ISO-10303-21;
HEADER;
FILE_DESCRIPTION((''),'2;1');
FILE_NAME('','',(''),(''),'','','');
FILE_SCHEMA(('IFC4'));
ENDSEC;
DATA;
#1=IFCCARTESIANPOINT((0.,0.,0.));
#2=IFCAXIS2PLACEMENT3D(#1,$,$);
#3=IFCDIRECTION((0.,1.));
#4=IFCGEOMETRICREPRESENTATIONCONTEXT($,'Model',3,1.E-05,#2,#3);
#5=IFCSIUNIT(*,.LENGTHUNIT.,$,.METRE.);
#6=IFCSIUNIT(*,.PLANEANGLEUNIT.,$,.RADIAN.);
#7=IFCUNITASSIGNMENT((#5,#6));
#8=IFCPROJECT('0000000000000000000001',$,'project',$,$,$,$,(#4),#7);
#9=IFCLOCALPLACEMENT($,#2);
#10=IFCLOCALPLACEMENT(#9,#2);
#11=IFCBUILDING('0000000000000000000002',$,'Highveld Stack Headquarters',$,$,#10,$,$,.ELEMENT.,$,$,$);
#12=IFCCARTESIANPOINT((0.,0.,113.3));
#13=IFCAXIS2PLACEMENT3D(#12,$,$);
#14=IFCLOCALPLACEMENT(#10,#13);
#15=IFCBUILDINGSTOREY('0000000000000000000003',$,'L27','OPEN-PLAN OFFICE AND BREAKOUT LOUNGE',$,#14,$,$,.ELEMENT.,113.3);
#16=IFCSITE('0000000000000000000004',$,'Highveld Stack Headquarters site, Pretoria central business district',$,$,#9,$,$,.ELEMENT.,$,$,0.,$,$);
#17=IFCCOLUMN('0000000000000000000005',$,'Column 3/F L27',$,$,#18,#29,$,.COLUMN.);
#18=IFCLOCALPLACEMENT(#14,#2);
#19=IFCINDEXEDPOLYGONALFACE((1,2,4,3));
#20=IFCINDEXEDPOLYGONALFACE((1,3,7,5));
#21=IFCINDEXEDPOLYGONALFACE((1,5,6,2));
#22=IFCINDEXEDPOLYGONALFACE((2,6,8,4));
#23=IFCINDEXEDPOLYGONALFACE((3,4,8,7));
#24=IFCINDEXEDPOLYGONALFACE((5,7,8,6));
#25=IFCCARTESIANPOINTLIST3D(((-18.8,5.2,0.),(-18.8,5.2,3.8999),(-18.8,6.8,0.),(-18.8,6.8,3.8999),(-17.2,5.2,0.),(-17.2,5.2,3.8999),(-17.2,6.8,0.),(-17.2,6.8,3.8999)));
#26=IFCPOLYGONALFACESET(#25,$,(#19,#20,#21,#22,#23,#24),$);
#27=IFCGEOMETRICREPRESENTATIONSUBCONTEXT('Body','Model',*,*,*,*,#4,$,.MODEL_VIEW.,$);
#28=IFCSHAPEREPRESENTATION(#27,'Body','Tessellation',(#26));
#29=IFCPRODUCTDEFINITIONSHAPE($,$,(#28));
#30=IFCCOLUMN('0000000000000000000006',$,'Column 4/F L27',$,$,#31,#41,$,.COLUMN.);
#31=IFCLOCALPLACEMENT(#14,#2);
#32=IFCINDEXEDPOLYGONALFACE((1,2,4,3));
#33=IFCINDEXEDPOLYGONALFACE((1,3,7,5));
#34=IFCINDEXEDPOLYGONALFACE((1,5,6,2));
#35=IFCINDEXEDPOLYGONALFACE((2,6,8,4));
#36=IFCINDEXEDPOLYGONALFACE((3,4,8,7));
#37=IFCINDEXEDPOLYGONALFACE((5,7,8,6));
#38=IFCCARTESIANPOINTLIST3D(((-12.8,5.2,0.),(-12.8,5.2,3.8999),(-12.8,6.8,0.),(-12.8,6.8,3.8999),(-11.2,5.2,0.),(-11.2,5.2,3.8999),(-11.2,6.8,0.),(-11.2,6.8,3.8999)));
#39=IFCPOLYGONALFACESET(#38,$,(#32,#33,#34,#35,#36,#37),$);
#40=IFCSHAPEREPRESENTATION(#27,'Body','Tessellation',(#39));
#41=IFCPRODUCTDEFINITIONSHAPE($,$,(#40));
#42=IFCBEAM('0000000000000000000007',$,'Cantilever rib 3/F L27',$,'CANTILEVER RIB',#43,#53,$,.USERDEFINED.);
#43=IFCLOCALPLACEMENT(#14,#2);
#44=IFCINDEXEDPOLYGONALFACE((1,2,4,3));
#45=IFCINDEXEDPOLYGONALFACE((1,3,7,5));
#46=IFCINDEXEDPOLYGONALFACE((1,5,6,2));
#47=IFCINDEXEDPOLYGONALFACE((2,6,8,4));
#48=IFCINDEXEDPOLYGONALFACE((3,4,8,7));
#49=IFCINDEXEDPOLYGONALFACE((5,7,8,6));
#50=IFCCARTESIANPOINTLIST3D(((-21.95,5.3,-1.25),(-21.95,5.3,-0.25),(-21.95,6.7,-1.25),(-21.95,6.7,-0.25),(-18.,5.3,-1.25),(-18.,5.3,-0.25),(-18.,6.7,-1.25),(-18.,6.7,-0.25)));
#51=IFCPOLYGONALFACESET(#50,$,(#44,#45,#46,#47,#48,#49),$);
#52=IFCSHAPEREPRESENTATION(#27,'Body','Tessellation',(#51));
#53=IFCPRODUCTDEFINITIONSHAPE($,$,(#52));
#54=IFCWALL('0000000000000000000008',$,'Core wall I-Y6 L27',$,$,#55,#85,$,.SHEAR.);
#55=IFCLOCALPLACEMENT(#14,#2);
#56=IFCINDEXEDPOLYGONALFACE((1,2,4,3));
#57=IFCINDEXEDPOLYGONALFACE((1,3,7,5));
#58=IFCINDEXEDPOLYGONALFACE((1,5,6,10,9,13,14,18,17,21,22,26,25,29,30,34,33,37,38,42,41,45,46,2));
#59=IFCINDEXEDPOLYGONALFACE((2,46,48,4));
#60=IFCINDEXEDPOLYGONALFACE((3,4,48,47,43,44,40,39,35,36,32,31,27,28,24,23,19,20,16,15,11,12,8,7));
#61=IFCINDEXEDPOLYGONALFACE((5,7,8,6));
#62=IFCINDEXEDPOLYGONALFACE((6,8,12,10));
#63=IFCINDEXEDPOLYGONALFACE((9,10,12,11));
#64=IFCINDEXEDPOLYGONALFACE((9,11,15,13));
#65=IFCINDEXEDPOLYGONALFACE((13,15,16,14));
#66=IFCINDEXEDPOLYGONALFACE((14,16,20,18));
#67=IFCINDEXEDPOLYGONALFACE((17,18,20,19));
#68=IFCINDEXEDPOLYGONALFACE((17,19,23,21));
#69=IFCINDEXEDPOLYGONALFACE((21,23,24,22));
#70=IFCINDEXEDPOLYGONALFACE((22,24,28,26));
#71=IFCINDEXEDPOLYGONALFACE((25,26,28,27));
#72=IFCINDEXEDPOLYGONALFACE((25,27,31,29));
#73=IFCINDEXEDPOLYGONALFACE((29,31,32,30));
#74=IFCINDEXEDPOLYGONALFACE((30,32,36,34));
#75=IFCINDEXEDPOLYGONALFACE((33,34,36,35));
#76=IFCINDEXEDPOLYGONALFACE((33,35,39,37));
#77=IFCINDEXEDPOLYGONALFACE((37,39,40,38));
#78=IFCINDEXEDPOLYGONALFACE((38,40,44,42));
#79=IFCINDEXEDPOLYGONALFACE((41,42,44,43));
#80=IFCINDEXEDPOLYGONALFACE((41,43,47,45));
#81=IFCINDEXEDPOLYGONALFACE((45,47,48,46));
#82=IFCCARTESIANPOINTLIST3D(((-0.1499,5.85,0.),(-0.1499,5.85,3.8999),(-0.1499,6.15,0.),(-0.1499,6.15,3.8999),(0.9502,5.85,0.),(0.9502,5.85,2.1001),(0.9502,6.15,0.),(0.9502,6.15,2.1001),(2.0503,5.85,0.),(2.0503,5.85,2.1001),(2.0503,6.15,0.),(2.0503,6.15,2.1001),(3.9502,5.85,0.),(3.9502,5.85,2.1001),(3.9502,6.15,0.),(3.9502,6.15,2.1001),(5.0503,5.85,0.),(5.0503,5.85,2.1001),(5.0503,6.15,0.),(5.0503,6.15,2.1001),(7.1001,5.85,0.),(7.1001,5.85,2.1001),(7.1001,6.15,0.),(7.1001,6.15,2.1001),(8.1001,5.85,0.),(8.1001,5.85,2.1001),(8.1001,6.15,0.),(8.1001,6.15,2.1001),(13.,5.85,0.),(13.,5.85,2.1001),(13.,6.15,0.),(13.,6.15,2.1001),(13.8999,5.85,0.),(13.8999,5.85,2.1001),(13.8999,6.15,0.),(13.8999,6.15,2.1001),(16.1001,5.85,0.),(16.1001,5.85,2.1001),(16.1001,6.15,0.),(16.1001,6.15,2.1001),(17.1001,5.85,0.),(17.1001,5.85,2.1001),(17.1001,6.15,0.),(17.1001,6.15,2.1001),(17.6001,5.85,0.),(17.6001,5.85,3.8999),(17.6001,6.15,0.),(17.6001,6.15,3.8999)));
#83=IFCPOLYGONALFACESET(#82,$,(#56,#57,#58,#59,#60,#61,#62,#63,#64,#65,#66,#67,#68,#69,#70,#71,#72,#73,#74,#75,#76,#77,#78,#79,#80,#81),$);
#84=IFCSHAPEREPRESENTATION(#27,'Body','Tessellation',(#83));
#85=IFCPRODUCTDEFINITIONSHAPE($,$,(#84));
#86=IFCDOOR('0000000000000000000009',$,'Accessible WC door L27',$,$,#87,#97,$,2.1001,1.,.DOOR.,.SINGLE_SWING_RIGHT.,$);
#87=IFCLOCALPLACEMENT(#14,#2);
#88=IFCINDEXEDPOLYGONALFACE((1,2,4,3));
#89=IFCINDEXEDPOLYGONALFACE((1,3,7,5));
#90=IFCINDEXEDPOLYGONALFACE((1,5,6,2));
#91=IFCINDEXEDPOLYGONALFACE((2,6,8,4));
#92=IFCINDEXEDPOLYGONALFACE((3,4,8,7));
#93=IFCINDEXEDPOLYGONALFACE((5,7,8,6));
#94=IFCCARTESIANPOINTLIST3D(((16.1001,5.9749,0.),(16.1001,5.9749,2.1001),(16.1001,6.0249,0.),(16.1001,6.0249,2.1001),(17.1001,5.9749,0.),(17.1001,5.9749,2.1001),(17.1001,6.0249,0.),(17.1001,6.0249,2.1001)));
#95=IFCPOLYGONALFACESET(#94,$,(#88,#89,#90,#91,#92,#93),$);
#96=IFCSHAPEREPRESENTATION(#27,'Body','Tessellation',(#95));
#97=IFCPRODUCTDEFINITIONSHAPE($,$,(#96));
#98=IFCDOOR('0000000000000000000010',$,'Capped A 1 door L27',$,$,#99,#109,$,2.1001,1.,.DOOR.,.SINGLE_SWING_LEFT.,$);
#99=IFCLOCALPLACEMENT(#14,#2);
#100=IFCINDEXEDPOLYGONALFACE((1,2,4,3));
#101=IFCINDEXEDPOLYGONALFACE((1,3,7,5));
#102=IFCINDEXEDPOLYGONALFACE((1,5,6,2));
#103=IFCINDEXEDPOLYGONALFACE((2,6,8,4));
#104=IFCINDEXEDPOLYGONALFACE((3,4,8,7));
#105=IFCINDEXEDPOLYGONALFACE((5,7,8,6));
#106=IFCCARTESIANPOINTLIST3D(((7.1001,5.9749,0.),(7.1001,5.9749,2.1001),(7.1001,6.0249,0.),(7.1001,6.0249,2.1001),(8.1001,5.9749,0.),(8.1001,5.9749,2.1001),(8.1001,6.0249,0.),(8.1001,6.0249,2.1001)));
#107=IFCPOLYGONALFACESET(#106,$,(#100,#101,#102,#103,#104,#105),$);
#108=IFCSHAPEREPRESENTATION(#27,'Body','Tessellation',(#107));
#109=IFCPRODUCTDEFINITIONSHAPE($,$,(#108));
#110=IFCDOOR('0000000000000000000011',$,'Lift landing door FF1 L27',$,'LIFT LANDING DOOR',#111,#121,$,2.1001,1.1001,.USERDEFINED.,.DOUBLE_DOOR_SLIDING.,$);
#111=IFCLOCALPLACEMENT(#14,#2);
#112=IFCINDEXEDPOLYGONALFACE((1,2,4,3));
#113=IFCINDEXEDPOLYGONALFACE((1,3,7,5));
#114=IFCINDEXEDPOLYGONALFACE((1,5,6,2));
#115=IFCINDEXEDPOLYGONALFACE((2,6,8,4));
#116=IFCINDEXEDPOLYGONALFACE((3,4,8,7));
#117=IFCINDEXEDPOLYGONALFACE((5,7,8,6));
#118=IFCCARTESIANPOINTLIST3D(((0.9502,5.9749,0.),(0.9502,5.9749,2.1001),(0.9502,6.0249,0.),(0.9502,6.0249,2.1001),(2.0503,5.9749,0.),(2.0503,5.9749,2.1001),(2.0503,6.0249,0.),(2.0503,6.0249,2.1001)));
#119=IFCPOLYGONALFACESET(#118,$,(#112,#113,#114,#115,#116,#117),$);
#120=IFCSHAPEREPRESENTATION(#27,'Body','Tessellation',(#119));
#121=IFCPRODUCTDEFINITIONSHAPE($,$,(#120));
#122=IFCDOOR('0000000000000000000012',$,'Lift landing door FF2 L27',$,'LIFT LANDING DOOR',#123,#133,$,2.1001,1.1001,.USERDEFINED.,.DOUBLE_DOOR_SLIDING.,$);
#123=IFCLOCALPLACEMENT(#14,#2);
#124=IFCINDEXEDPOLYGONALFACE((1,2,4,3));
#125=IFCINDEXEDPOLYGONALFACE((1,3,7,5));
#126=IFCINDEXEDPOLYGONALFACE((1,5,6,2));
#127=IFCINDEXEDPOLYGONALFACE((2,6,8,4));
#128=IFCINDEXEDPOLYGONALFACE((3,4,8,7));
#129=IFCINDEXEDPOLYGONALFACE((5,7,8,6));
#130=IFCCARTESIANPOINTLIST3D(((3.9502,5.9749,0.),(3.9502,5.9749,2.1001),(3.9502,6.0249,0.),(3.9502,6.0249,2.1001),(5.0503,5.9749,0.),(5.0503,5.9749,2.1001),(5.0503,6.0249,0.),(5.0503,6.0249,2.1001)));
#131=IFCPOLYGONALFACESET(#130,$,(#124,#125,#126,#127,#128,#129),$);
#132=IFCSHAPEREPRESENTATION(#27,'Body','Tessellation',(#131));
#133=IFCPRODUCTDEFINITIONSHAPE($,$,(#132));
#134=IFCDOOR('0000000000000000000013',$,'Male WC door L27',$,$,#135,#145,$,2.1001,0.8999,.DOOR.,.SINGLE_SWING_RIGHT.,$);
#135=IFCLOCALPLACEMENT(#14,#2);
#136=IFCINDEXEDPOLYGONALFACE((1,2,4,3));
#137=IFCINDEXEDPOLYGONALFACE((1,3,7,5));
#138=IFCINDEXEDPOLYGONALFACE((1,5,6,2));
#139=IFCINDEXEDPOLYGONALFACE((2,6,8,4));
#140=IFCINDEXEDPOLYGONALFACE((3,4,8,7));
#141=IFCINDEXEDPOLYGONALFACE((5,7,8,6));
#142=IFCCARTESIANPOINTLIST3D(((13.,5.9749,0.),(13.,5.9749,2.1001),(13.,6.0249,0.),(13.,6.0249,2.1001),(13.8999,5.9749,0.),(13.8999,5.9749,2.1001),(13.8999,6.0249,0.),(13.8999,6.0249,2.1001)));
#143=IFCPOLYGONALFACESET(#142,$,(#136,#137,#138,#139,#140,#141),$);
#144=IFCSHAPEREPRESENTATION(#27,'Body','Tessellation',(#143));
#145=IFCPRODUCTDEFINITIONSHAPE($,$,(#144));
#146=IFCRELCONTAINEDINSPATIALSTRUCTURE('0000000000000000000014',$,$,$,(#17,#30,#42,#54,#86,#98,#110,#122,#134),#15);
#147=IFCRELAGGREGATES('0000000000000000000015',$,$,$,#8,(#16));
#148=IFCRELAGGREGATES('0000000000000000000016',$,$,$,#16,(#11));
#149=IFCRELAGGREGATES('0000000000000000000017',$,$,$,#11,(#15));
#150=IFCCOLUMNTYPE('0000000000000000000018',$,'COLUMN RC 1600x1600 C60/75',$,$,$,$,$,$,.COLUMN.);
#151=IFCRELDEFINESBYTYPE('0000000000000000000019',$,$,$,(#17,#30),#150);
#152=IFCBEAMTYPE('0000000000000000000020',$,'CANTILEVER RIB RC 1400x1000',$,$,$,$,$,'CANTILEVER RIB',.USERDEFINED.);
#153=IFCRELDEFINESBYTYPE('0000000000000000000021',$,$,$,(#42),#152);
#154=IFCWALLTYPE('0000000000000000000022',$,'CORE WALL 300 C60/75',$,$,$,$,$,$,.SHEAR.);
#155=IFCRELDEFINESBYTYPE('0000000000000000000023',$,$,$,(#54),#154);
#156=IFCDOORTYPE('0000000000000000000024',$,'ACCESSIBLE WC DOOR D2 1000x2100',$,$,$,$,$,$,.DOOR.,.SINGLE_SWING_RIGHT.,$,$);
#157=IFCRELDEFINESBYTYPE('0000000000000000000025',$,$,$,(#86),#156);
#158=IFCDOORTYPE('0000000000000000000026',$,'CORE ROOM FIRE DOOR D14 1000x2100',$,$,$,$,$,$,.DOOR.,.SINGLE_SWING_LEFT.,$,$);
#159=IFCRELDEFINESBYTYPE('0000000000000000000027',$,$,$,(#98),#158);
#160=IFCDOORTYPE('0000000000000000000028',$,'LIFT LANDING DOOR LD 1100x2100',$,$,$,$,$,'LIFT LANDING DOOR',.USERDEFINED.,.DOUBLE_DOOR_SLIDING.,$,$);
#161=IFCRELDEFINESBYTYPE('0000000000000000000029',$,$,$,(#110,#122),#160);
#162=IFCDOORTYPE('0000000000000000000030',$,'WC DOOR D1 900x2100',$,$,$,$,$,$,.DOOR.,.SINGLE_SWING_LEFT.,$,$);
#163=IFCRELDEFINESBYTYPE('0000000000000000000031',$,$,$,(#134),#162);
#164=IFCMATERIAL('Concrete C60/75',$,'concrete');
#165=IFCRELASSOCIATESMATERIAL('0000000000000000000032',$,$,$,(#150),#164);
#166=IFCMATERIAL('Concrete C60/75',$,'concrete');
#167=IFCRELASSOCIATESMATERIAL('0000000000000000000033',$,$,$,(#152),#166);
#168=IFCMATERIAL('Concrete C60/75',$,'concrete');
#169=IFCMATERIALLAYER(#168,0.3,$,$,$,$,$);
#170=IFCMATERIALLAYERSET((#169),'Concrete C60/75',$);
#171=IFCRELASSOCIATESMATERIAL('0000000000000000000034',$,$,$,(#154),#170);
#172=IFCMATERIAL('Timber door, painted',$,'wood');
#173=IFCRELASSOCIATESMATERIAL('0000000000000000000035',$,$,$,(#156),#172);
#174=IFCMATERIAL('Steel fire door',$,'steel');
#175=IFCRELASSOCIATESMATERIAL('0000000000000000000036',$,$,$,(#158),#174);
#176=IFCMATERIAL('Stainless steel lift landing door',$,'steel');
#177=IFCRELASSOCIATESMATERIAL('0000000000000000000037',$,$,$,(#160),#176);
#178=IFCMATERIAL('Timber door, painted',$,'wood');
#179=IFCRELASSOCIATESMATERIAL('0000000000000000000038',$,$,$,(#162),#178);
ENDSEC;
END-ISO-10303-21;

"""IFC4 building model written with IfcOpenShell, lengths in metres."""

from ifc_helpers import new_model, si_unit, direction, frame, frame_2d, origin, origin_2d, place, context, subcontext, project, spatial, rectangle, extrude, material, layer, layer_set, material_profile, profile_set, type_object, element, fill, save


model = new_model("IFC4")

# Units and contexts
model_context = context("Model", 3, precision=1e-05, world=origin(), true_north=direction((0.0, 1.0)))
body_context = subcontext(model_context, "Body", "Model", "MODEL_VIEW")
ifc_project = project(units=[si_unit("LENGTHUNIT", "METRE"), si_unit("PLANEANGLEUNIT", "RADIAN")], contexts=[model_context])

# Site, building, storey
site_placement = place(None, origin())
site = spatial("IfcSite", under=ifc_project, at=site_placement, Name="Highveld Stack Headquarters site, Pretoria central business district", CompositionType="ELEMENT", RefElevation=0.0)
building_placement = place(site_placement, origin())
building = spatial("IfcBuilding", under=site, at=building_placement, Name="Highveld Stack Headquarters", CompositionType="ELEMENT")
storey_placement = place(building_placement, frame((0.0, 0.0, 113.3)))
storey = spatial("IfcBuildingStorey", under=building, at=storey_placement, Name="L27", Description="OPEN-PLAN OFFICE AND BREAKOUT LOUNGE", CompositionType="ELEMENT", Elevation=113.3)

# Columns
ifc_material_1 = material(Name="Concrete C60/75", Category="concrete")
ifc_material_profile_1 = material_profile(ifc_material_1, rectangle(XDim=1.6001, YDim=1.6001, at=origin_2d()), Name="RC 1600x1600")
ifc_profile_set_1 = profile_set([ifc_material_profile_1], Name="Concrete C60/75")
column_type = type_object("IfcColumnType", Name="COLUMN RC 1600x1600 C60/75", PredefinedType="COLUMN", material=ifc_profile_set_1)
for number, where, z_axis, x_axis, name in (
    (1, (-18.0, 6.0, 0.0), (0.0, 0.0, 1.0), (1.0, 0.0, 0.0), "Column 3/F L27"),
    (2, (-12.0, 6.0, 0.0), (0.0, 0.0, 1.0), (1.0, 0.0, 0.0), "Column 4/F L27"),
):
    element("IfcColumn", number, at=place(storey_placement, frame(where, z_axis=z_axis, x_axis=x_axis)), inside=storey, type_object=column_type, Name=name, PredefinedType="COLUMN", context=body_context, shape_type="SweptSolid", body=[
        extrude(rectangle(XDim=1.6001, YDim=1.6001, at=origin_2d()), origin(), (0.0, 0.0, 1.0), 3.8999),
    ])

# Beam
ifc_material_2 = material(Name="Concrete C60/75", Category="concrete")
ifc_material_profile_2 = material_profile(ifc_material_2, rectangle(XDim=1.3999, YDim=1.0, at=origin_2d()), Name="RC 1400x1000")
ifc_profile_set_2 = profile_set([ifc_material_profile_2], Name="Concrete C60/75")
beam_type = type_object("IfcBeamType", Name="CANTILEVER RIB RC 1400x1000", ElementType="CANTILEVER RIB", PredefinedType="USERDEFINED", material=ifc_profile_set_2)
beam_placement = place(storey_placement, frame((-18.0, 6.0, -0.75), z_axis=(-1.0, 0.0, 0.0), x_axis=(0.0, -1.0, 0.0)))
element("IfcBeam", 3, at=beam_placement, inside=storey, type_object=beam_type, Name="Cantilever rib 3/F L27", ObjectType="CANTILEVER RIB", PredefinedType="USERDEFINED", context=body_context, shape_type="SweptSolid", body=[
    extrude(rectangle(XDim=1.3999, YDim=1.0, at=origin_2d()), origin(), (0.0, 0.0, 1.0), 3.95),
])

# Wall, openings, doors
ifc_material_3 = material(Name="Concrete C60/75", Category="concrete")
ifc_layer_1 = layer(ifc_material_3, 0.3)
ifc_layer_set_1 = layer_set([ifc_layer_1], Name="Concrete C60/75")
wall_type_1 = type_object("IfcWallType", Name="CORE WALL 300 C60/75", PredefinedType="SHEAR", material=ifc_layer_set_1)
wall_1_placement = place(storey_placement, frame((-0.1499, 6.0, 0.0), z_axis=(0.0, 0.0, 1.0), x_axis=(1.0, 0.0, 0.0)))
wall_1 = element("IfcWall", 4, at=wall_1_placement, inside=storey, type_object=wall_type_1, Name="Core wall I-Y6 L27", PredefinedType="SHEAR", context=body_context, shape_type="SweptSolid", body=[
    extrude(rectangle(XDim=17.75, YDim=0.3, at=frame_2d((8.875, 0.0))), origin(), (0.0, 0.0, 1.0), 3.8999),
])
opening_1_placement = place(wall_1_placement, frame((13.1499, 0.0, 0.0)))
opening_1 = element("IfcOpeningElement", 5, at=opening_1_placement, cuts=wall_1, PredefinedType="OPENING", context=body_context, shape_type="SweptSolid", body=[
    extrude(rectangle(XDim=0.8999, YDim=2.1001, at=frame_2d((0.45, 1.05))), frame((0.0, 0.1599, 0.0), z_axis=(0.0, -1.0, 0.0), x_axis=(1.0, 0.0, 0.0)), (0.0, 0.0, 1.0), 0.3201),
])
opening_2_placement = place(wall_1_placement, frame((16.25, 0.0, 0.0)))
opening_2 = element("IfcOpeningElement", 6, at=opening_2_placement, cuts=wall_1, PredefinedType="OPENING", context=body_context, shape_type="SweptSolid", body=[
    extrude(rectangle(XDim=1.0, YDim=2.1001, at=frame_2d((0.5, 1.05))), frame((0.0, 0.1599, 0.0), z_axis=(0.0, -1.0, 0.0), x_axis=(1.0, 0.0, 0.0)), (0.0, 0.0, 1.0), 0.3201),
])
opening_3_placement = place(wall_1_placement, frame((7.25, 0.0, 0.0)))
opening_3 = element("IfcOpeningElement", 7, at=opening_3_placement, cuts=wall_1, PredefinedType="OPENING", context=body_context, shape_type="SweptSolid", body=[
    extrude(rectangle(XDim=1.0, YDim=2.1001, at=frame_2d((0.5, 1.05))), frame((0.0, 0.1599, 0.0), z_axis=(0.0, -1.0, 0.0), x_axis=(1.0, 0.0, 0.0)), (0.0, 0.0, 1.0), 0.3201),
])
opening_4_placement = place(wall_1_placement, frame((1.1001, 0.0, 0.0)))
opening_4 = element("IfcOpeningElement", 8, at=opening_4_placement, cuts=wall_1, PredefinedType="OPENING", context=body_context, shape_type="SweptSolid", body=[
    extrude(rectangle(XDim=1.1001, YDim=2.1001, at=frame_2d((0.55, 1.05))), frame((0.0, 0.1599, 0.0), z_axis=(0.0, -1.0, 0.0), x_axis=(1.0, 0.0, 0.0)), (0.0, 0.0, 1.0), 0.3201),
])
opening_5_placement = place(wall_1_placement, frame((4.1001, 0.0, 0.0)))
opening_5 = element("IfcOpeningElement", 9, at=opening_5_placement, cuts=wall_1, PredefinedType="OPENING", context=body_context, shape_type="SweptSolid", body=[
    extrude(rectangle(XDim=1.1001, YDim=2.1001, at=frame_2d((0.55, 1.05))), frame((0.0, 0.1599, 0.0), z_axis=(0.0, -1.0, 0.0), x_axis=(1.0, 0.0, 0.0)), (0.0, 0.0, 1.0), 0.3201),
])
ifc_material_4 = material(Name="Timber door, painted", Category="wood")
door_type_1 = type_object("IfcDoorType", Name="ACCESSIBLE WC DOOR D2 1000x2100", OperationType="SINGLE_SWING_RIGHT", PredefinedType="DOOR", material=ifc_material_4)
door_1_placement = place(opening_2_placement, origin())
door_1 = element("IfcDoor", 10, at=door_1_placement, inside=storey, type_object=door_type_1, Name="Accessible WC door L27", OperationType="SINGLE_SWING_RIGHT", OverallHeight=2.1001, OverallWidth=1.0, PredefinedType="DOOR", context=body_context, shape_type="SweptSolid", body=[
    extrude(rectangle(XDim=1.0, YDim=2.1001, at=frame_2d((0.5, 1.05))), frame((0.0, 0.0249, 0.0), z_axis=(0.0, -1.0, 0.0), x_axis=(1.0, 0.0, 0.0)), (0.0, 0.0, 1.0), 0.05),
])
fill(opening_2, door_1)
ifc_material_5 = material(Name="Steel fire door", Category="steel")
door_type_2 = type_object("IfcDoorType", Name="CORE ROOM FIRE DOOR D14 1000x2100", OperationType="SINGLE_SWING_LEFT", PredefinedType="DOOR", material=ifc_material_5)
door_2_placement = place(opening_3_placement, origin())
door_2 = element("IfcDoor", 11, at=door_2_placement, inside=storey, type_object=door_type_2, Name="Capped A 1 door L27", OperationType="SINGLE_SWING_LEFT", OverallHeight=2.1001, OverallWidth=1.0, PredefinedType="DOOR", context=body_context, shape_type="SweptSolid", body=[
    extrude(rectangle(XDim=1.0, YDim=2.1001, at=frame_2d((0.5, 1.05))), frame((0.0, 0.0249, 0.0), z_axis=(0.0, -1.0, 0.0), x_axis=(1.0, 0.0, 0.0)), (0.0, 0.0, 1.0), 0.05),
])
fill(opening_3, door_2)
ifc_material_6 = material(Name="Stainless steel lift landing door", Category="steel")
door_type_3 = type_object("IfcDoorType", Name="LIFT LANDING DOOR LD 1100x2100", ElementType="LIFT LANDING DOOR", OperationType="DOUBLE_DOOR_SLIDING", PredefinedType="USERDEFINED", material=ifc_material_6)
door_3_placement = place(opening_4_placement, origin())
door_3 = element("IfcDoor", 12, at=door_3_placement, inside=storey, type_object=door_type_3, Name="Lift landing door FF1 L27", ObjectType="LIFT LANDING DOOR", OperationType="DOUBLE_DOOR_SLIDING", OverallHeight=2.1001, OverallWidth=1.1001, PredefinedType="USERDEFINED", context=body_context, shape_type="SweptSolid", body=[
    extrude(rectangle(XDim=1.1001, YDim=2.1001, at=frame_2d((0.55, 1.05))), frame((0.0, 0.0249, 0.0), z_axis=(0.0, -1.0, 0.0), x_axis=(1.0, 0.0, 0.0)), (0.0, 0.0, 1.0), 0.05),
])
fill(opening_4, door_3)
door_4_placement = place(opening_5_placement, origin())
door_4 = element("IfcDoor", 13, at=door_4_placement, inside=storey, type_object=door_type_3, Name="Lift landing door FF2 L27", ObjectType="LIFT LANDING DOOR", OperationType="DOUBLE_DOOR_SLIDING", OverallHeight=2.1001, OverallWidth=1.1001, PredefinedType="USERDEFINED", context=body_context, shape_type="SweptSolid", body=[
    extrude(rectangle(XDim=1.1001, YDim=2.1001, at=frame_2d((0.55, 1.05))), frame((0.0, 0.0249, 0.0), z_axis=(0.0, -1.0, 0.0), x_axis=(1.0, 0.0, 0.0)), (0.0, 0.0, 1.0), 0.05),
])
fill(opening_5, door_4)
ifc_material_7 = material(Name="Timber door, painted", Category="wood")
door_type_4 = type_object("IfcDoorType", Name="WC DOOR D1 900x2100", OperationType="SINGLE_SWING_LEFT", PredefinedType="DOOR", material=ifc_material_7)
door_5_placement = place(opening_1_placement, origin())
door_5 = element("IfcDoor", 14, at=door_5_placement, inside=storey, type_object=door_type_4, Name="Male WC door L27", OperationType="SINGLE_SWING_RIGHT", OverallHeight=2.1001, OverallWidth=0.8999, PredefinedType="DOOR", context=body_context, shape_type="SweptSolid", body=[
    extrude(rectangle(XDim=0.8999, YDim=2.1001, at=frame_2d((0.45, 1.05))), frame((0.0, 0.0249, 0.0), z_axis=(0.0, -1.0, 0.0), x_axis=(1.0, 0.0, 0.0)), (0.0, 0.0, 1.0), 0.05),
])
fill(opening_1, door_5)

save(model, "model.ifc")
